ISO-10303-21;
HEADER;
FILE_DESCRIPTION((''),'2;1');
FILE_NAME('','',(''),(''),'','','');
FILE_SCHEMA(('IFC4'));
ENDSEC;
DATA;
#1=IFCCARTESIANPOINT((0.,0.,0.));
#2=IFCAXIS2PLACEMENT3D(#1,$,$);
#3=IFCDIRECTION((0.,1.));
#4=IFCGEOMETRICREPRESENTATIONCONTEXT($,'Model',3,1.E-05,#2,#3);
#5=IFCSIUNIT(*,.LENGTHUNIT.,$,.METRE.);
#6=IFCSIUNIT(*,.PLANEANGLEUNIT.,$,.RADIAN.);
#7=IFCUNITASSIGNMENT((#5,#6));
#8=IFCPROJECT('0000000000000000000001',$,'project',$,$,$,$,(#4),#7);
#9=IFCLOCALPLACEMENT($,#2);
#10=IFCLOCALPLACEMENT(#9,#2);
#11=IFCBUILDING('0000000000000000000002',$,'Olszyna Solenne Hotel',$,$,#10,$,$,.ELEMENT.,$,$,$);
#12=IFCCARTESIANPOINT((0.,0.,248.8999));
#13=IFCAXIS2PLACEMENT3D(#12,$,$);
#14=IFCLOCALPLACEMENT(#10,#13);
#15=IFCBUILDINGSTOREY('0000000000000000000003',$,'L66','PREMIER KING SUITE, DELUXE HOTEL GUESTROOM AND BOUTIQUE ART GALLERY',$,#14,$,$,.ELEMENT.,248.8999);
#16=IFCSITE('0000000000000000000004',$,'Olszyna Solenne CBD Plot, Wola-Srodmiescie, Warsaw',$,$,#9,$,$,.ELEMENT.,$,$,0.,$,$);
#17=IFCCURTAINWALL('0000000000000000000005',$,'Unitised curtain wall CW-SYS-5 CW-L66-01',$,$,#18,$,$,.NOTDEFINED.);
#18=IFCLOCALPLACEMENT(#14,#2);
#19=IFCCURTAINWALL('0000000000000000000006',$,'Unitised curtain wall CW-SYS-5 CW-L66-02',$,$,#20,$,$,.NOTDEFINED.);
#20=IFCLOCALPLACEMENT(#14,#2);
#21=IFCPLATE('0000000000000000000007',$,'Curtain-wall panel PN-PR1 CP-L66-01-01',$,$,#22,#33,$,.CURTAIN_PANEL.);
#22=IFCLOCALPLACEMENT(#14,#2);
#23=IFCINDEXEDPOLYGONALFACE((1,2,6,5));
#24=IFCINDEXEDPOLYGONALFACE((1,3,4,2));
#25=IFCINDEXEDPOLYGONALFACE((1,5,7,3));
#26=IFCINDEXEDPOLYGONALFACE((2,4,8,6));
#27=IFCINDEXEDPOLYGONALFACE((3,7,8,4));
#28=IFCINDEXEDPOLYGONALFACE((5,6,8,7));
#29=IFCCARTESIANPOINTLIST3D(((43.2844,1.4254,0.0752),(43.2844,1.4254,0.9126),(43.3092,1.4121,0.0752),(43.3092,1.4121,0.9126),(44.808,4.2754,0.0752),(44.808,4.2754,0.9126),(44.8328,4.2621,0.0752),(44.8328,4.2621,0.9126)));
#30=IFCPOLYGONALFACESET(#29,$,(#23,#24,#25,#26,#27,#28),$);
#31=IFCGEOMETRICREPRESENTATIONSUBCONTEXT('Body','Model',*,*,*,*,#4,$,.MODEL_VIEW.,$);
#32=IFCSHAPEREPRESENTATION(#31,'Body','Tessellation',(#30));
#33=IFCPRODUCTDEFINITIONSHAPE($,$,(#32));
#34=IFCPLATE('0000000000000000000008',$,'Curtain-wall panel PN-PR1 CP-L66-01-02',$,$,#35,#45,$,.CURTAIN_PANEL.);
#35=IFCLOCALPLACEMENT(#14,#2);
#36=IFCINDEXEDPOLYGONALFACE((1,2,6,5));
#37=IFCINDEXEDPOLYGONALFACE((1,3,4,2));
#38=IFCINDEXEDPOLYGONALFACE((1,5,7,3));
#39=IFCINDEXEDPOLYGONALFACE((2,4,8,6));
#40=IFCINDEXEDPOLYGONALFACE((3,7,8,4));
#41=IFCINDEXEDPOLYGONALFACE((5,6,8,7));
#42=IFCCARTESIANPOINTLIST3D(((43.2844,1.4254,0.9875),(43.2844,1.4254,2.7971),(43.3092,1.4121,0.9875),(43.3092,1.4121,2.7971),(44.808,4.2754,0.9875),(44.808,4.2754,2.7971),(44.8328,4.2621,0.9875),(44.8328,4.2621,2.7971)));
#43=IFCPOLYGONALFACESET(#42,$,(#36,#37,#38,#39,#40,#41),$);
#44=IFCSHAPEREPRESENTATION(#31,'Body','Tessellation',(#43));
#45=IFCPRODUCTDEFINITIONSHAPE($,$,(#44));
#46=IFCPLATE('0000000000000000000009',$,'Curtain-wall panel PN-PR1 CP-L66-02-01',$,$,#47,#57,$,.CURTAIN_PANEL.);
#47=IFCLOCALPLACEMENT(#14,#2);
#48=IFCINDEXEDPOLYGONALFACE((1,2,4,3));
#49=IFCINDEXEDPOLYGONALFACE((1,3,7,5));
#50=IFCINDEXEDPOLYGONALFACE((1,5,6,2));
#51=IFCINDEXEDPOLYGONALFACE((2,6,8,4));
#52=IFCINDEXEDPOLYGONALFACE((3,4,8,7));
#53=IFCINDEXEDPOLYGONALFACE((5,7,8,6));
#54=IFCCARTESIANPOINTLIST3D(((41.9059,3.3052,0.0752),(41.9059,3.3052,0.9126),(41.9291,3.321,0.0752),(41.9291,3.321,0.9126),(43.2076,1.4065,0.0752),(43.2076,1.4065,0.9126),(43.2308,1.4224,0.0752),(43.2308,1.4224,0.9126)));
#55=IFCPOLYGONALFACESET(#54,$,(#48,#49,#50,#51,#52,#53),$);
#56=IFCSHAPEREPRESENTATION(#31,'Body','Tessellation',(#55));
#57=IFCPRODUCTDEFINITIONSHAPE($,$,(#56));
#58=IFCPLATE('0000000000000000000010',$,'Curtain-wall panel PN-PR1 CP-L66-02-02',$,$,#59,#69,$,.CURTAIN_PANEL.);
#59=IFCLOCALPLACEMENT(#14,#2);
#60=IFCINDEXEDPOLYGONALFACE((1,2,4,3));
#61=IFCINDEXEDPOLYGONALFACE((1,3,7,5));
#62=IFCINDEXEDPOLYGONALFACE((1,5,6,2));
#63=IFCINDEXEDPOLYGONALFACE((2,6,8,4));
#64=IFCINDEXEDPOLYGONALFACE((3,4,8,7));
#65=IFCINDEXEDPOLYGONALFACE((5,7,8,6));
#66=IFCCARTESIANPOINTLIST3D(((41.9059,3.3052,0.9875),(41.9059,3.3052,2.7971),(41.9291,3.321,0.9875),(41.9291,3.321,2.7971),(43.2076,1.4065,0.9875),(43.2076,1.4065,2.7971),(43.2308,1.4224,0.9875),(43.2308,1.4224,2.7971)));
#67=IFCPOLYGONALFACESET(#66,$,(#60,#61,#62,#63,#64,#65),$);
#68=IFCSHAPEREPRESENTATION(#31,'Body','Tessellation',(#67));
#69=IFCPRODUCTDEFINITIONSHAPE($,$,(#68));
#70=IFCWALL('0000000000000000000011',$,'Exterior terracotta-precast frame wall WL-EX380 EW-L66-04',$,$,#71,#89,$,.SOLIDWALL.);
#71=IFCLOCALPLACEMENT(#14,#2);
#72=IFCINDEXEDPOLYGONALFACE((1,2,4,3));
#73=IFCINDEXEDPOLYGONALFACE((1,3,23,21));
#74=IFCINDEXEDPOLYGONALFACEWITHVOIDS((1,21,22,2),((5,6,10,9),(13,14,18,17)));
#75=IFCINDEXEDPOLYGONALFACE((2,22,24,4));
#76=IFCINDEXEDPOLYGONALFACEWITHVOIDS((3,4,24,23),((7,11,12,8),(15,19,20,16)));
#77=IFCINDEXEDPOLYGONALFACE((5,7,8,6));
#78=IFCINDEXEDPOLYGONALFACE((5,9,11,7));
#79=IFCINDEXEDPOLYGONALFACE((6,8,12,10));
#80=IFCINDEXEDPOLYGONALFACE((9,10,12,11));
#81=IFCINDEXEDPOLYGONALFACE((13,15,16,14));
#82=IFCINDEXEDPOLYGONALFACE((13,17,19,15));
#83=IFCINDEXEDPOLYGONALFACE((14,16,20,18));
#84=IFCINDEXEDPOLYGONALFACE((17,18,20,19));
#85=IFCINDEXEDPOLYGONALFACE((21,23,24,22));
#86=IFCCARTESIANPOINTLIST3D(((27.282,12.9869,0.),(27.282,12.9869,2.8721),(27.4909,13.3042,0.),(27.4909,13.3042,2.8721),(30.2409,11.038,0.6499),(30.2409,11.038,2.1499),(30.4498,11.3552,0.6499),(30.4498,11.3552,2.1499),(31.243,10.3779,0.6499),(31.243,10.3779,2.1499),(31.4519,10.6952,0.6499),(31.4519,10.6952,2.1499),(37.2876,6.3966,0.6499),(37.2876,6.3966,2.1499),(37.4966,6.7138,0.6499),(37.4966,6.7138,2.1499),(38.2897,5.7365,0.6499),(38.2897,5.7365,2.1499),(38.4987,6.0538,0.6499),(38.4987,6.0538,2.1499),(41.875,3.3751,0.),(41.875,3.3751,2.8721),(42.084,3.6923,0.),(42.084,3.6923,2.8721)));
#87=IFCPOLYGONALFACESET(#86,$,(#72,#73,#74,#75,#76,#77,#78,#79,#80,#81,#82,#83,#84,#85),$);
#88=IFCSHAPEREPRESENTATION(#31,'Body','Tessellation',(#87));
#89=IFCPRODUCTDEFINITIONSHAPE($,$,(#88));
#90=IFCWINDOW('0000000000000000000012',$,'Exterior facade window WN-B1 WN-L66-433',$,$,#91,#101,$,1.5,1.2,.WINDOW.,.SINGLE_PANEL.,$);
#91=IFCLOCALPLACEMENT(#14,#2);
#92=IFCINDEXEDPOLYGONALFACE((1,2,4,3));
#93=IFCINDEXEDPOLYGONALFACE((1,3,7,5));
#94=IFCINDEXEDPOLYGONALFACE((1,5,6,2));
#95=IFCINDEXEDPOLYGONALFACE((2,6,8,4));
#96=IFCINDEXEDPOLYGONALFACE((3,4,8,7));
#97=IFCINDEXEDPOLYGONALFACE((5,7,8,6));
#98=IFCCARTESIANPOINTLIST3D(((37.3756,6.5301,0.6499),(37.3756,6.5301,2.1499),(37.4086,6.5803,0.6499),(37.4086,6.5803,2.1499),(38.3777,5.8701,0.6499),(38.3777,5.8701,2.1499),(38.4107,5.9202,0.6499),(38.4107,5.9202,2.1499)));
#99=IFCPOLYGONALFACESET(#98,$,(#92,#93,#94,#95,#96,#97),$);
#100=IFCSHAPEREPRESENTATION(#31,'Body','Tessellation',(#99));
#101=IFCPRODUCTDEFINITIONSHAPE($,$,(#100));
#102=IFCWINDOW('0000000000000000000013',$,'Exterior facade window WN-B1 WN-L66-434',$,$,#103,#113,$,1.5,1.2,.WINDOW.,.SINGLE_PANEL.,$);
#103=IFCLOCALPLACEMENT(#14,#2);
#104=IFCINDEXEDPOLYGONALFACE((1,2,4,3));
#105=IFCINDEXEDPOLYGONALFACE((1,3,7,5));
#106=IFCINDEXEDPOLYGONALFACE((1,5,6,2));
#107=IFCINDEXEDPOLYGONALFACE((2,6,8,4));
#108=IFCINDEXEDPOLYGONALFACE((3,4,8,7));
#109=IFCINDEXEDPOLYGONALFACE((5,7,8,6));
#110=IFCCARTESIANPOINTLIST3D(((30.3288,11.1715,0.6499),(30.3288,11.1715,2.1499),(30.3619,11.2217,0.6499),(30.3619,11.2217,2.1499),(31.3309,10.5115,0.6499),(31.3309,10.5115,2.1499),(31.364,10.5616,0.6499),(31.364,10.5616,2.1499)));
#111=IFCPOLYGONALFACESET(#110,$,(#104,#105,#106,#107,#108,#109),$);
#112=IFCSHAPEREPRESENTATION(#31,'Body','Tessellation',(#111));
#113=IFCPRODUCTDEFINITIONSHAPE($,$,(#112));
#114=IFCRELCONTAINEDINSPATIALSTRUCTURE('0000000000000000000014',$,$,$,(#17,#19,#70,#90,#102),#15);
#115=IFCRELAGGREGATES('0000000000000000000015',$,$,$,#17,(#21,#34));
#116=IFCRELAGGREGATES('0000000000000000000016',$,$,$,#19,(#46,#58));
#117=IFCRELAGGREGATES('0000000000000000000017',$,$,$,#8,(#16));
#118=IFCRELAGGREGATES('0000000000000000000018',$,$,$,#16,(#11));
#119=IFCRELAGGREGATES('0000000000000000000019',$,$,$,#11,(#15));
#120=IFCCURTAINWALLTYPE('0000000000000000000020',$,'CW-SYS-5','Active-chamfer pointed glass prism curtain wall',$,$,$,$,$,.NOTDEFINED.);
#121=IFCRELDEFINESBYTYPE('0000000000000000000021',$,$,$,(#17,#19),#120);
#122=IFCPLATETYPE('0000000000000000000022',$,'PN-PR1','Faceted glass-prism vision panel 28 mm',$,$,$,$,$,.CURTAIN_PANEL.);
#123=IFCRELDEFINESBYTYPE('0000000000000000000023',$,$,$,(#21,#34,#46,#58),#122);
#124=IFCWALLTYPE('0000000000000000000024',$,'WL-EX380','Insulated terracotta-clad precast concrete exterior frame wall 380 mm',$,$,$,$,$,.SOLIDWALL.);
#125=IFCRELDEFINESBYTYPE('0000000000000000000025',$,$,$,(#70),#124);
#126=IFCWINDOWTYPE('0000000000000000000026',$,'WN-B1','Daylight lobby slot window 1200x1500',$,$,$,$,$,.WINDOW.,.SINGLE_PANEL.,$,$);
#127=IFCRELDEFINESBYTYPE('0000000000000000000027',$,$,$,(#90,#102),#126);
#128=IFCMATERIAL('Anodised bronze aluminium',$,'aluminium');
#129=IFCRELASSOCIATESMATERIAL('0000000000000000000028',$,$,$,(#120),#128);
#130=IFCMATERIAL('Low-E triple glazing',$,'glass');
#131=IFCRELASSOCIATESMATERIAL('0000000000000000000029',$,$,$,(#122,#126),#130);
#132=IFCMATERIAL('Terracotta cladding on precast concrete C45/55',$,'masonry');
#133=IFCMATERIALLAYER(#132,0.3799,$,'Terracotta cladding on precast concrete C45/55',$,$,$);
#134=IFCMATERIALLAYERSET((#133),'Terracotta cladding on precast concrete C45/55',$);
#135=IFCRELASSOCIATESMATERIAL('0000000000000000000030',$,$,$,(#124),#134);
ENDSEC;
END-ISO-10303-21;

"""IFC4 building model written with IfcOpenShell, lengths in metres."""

from ifc_helpers import new_model, si_unit, direction, frame, frame_2d, origin, origin_2d, place, context, subcontext, project, spatial, rectangle, extrude, source, transform, mapped, material, layer, layer_set, type_object, type_shapes, element, fill, aggregate, save


model = new_model("IFC4")

# Units and contexts
model_context = context("Model", 3, precision=1e-05, world=origin(), true_north=direction((0.0, 1.0)))
body_context = subcontext(model_context, "Body", "Model", "MODEL_VIEW")
ifc_project = project(units=[si_unit("LENGTHUNIT", "METRE"), si_unit("PLANEANGLEUNIT", "RADIAN")], contexts=[model_context])

# Site, building, storey
site_placement = place(None, origin())
site = spatial("IfcSite", under=ifc_project, at=site_placement, Name="Olszyna Solenne CBD Plot, Wola-Srodmiescie, Warsaw", CompositionType="ELEMENT", RefElevation=0.0)
building_placement = place(site_placement, origin())
building = spatial("IfcBuilding", under=site, at=building_placement, Name="Olszyna Solenne Hotel", CompositionType="ELEMENT")
storey_placement = place(building_placement, frame((0.0, 0.0, 248.8999)))
storey = spatial("IfcBuildingStorey", under=building, at=storey_placement, Name="L66", Description="PREMIER KING SUITE, DELUXE HOTEL GUESTROOM AND BOUTIQUE ART GALLERY", CompositionType="ELEMENT", Elevation=248.8999)

# Curtain wall
ifc_material_1 = material(Name="Anodised bronze aluminium", Category="aluminium")
curtain_wall_type = type_object("IfcCurtainWallType", Name="CW-SYS-5", Description="Active-chamfer pointed glass prism curtain wall", PredefinedType="NOTDEFINED", material=ifc_material_1)
curtain_wall_1_placement = place(storey_placement, origin())
curtain_wall_1 = element("IfcCurtainWall", 1, at=curtain_wall_1_placement, inside=storey, type_object=curtain_wall_type, Name="Unitised curtain wall CW-SYS-5 CW-L66-01", PredefinedType="NOTDEFINED")

# Curtain wall
curtain_wall_2_placement = place(storey_placement, origin())
curtain_wall_2 = element("IfcCurtainWall", 2, at=curtain_wall_2_placement, inside=storey, type_object=curtain_wall_type, Name="Unitised curtain wall CW-SYS-5 CW-L66-02", PredefinedType="NOTDEFINED")

# Plates
ifc_material_2 = material(Name="Low-E triple glazing", Category="glass")
plate_type_1 = type_object("IfcPlateType", Name="PN-PR1", Description="Faceted glass-prism vision panel 28 mm", PredefinedType="CURTAIN_PANEL", material=ifc_material_2)
shared_shape_1 = source(origin(), body_context, "Body", "SweptSolid", [
    extrude(rectangle(XDim=3.2317, YDim=0.0281, at=origin_2d()), origin(), (0.0, 0.0, 1.0), 0.8374),
])
plate_1_placement = place(storey_placement, frame((44.0586, 2.8438, 0.0752), z_axis=(0.0, 0.0, 1.0), x_axis=(0.471449, 0.881893, 0.0)))
plate_1 = element("IfcPlate", 3, at=plate_1_placement, type_object=plate_type_1, Name="Curtain-wall panel PN-PR1 CP-L66-01-01", PredefinedType="CURTAIN_PANEL", context=body_context, shape_type="MappedRepresentation", body=[
    mapped(shared_shape_1, transform((0.0, 0.0, 0.0), x_axis=(1.0, 0.0, 0.0), y_axis=(0.0, 1.0, 0.0), z_axis=(0.0, 0.0, 1.0), scale=1.0)),
])
shared_shape_2 = source(origin(), body_context, "Body", "SweptSolid", [
    extrude(rectangle(XDim=3.2317, YDim=0.0281, at=origin_2d()), origin(), (0.0, 0.0, 1.0), 1.8096),
])
plate_2_placement = place(storey_placement, frame((44.0586, 2.8438, 0.9875), z_axis=(0.0, 0.0, 1.0), x_axis=(0.471449, 0.881893, 0.0)))
plate_2 = element("IfcPlate", 4, at=plate_2_placement, type_object=plate_type_1, Name="Curtain-wall panel PN-PR1 CP-L66-01-02", PredefinedType="CURTAIN_PANEL", context=body_context, shape_type="MappedRepresentation", body=[
    mapped(shared_shape_2, transform((0.0, 0.0, 0.0), x_axis=(1.0, 0.0, 0.0), y_axis=(0.0, 1.0, 0.0), z_axis=(0.0, 0.0, 1.0), scale=1.0)),
])
aggregate(curtain_wall_1, [plate_1, plate_2])
shared_shape_3 = source(origin(), body_context, "Body", "SweptSolid", [
    extrude(rectangle(XDim=2.302, YDim=0.0281, at=origin_2d()), origin(), (0.0, 0.0, 1.0), 0.8374),
])
plate_3_placement = place(storey_placement, frame((42.5684, 2.3638, 0.0752), z_axis=(0.0, 0.0, 1.0), x_axis=(0.565448, -0.824784, 0.0)))
plate_3 = element("IfcPlate", 5, at=plate_3_placement, type_object=plate_type_1, Name="Curtain-wall panel PN-PR1 CP-L66-02-01", PredefinedType="CURTAIN_PANEL", context=body_context, shape_type="MappedRepresentation", body=[
    mapped(shared_shape_3, transform((0.0, 0.0, 0.0), x_axis=(1.0, 0.0, 0.0), y_axis=(0.0, 1.0, 0.0), z_axis=(0.0, 0.0, 1.0), scale=1.0)),
])
shared_shape_4 = source(origin(), body_context, "Body", "SweptSolid", [
    extrude(rectangle(XDim=2.302, YDim=0.0281, at=origin_2d()), origin(), (0.0, 0.0, 1.0), 1.8096),
])
plate_4_placement = place(storey_placement, frame((42.5684, 2.3638, 0.9875), z_axis=(0.0, 0.0, 1.0), x_axis=(0.565448, -0.824784, 0.0)))
plate_4 = element("IfcPlate", 6, at=plate_4_placement, type_object=plate_type_1, Name="Curtain-wall panel PN-PR1 CP-L66-02-02", PredefinedType="CURTAIN_PANEL", context=body_context, shape_type="MappedRepresentation", body=[
    mapped(shared_shape_4, transform((0.0, 0.0, 0.0), x_axis=(1.0, 0.0, 0.0), y_axis=(0.0, 1.0, 0.0), z_axis=(0.0, 0.0, 1.0), scale=1.0)),
])
aggregate(curtain_wall_2, [plate_3, plate_4])

# Wall, openings, windows
ifc_material_3 = material(Name="Terracotta cladding on precast concrete C45/55", Category="masonry")
ifc_layer = layer(ifc_material_3, 0.3799, Name="Terracotta cladding on precast concrete C45/55")
ifc_layer_set = layer_set([ifc_layer], Name="Terracotta cladding on precast concrete C45/55")
wall_type = type_object("IfcWallType", Name="WL-EX380", Description="Insulated terracotta-clad precast concrete exterior frame wall 380 mm", PredefinedType="SOLIDWALL", material=ifc_layer_set)
wall_placement = place(storey_placement, frame((41.9795, 3.5337, 0.0), z_axis=(0.0, 0.0, 1.0), x_axis=(-0.835124, 0.550062, 0.0)))
wall = element("IfcWall", 7, at=wall_placement, inside=storey, type_object=wall_type, Name="Exterior terracotta-precast frame wall WL-EX380 EW-L66-04", PredefinedType="SOLIDWALL", context=body_context, shape_type="SweptSolid", body=[
    extrude(rectangle(XDim=17.4741, YDim=0.3799, at=frame_2d((8.7371, 0.0))), origin(), (0.0, 0.0, 1.0), 2.8721),
])
opening_1_placement = place(wall_placement, frame((4.293, 0.0, 0.6499)))
opening_1 = element("IfcOpeningElement", 8, at=opening_1_placement, cuts=wall, PredefinedType="OPENING", context=body_context, shape_type="SweptSolid", body=[
    extrude(rectangle(XDim=1.2, YDim=1.5, at=frame_2d((0.6001, 0.75))), frame((0.0, 0.2, 0.0), z_axis=(0.0, -1.0, 0.0), x_axis=(1.0, 0.0, 0.0)), (0.0, 0.0, 1.0), 0.3999),
])
opening_2_placement = place(wall_placement, frame((12.731, 0.0, 0.6499)))
opening_2 = element("IfcOpeningElement", 9, at=opening_2_placement, cuts=wall, PredefinedType="OPENING", context=body_context, shape_type="SweptSolid", body=[
    extrude(rectangle(XDim=1.2, YDim=1.5, at=frame_2d((0.6001, 0.75))), frame((0.0, 0.2, 0.0), z_axis=(0.0, -1.0, 0.0), x_axis=(1.0, 0.0, 0.0)), (0.0, 0.0, 1.0), 0.3999),
])
window_type = type_object("IfcWindowType", Name="WN-B1", Description="Daylight lobby slot window 1200x1500", PartitioningType="SINGLE_PANEL", PredefinedType="WINDOW", material=ifc_material_2)
shared_shape_5 = source(origin(), body_context, "Body", "SweptSolid", [
    extrude(rectangle(XDim=1.2, YDim=1.5, at=frame_2d((0.6001, 0.75))), frame((0.0, 0.03, 0.0), z_axis=(0.0, -1.0, 0.0), x_axis=(1.0, 0.0, 0.0)), (0.0, 0.0, 1.0), 0.0601),
])
type_shapes(window_type, [shared_shape_5])
window_1_placement = place(opening_1_placement, origin())
window_1 = element("IfcWindow", 10, at=window_1_placement, inside=storey, type_object=window_type, Name="Exterior facade window WN-B1 WN-L66-433", OverallHeight=1.5, OverallWidth=1.2, PartitioningType="SINGLE_PANEL", PredefinedType="WINDOW", context=body_context, shape_type="MappedRepresentation", body=[
    mapped(shared_shape_5, transform((0.0, 0.0, 0.0), x_axis=(1.0, 0.0, 0.0), y_axis=(0.0, 1.0, 0.0), z_axis=(0.0, 0.0, 1.0), scale=1.0)),
])
fill(opening_1, window_1)
window_2_placement = place(opening_2_placement, origin())
window_2 = element("IfcWindow", 11, at=window_2_placement, inside=storey, type_object=window_type, Name="Exterior facade window WN-B1 WN-L66-434", OverallHeight=1.5, OverallWidth=1.2, PartitioningType="SINGLE_PANEL", PredefinedType="WINDOW", context=body_context, shape_type="MappedRepresentation", body=[
    mapped(shared_shape_5, transform((0.0, 0.0, 0.0), x_axis=(1.0, 0.0, 0.0), y_axis=(0.0, 1.0, 0.0), z_axis=(0.0, 0.0, 1.0), scale=1.0)),
])
fill(opening_2, window_2)

save(model, "model.ifc")
